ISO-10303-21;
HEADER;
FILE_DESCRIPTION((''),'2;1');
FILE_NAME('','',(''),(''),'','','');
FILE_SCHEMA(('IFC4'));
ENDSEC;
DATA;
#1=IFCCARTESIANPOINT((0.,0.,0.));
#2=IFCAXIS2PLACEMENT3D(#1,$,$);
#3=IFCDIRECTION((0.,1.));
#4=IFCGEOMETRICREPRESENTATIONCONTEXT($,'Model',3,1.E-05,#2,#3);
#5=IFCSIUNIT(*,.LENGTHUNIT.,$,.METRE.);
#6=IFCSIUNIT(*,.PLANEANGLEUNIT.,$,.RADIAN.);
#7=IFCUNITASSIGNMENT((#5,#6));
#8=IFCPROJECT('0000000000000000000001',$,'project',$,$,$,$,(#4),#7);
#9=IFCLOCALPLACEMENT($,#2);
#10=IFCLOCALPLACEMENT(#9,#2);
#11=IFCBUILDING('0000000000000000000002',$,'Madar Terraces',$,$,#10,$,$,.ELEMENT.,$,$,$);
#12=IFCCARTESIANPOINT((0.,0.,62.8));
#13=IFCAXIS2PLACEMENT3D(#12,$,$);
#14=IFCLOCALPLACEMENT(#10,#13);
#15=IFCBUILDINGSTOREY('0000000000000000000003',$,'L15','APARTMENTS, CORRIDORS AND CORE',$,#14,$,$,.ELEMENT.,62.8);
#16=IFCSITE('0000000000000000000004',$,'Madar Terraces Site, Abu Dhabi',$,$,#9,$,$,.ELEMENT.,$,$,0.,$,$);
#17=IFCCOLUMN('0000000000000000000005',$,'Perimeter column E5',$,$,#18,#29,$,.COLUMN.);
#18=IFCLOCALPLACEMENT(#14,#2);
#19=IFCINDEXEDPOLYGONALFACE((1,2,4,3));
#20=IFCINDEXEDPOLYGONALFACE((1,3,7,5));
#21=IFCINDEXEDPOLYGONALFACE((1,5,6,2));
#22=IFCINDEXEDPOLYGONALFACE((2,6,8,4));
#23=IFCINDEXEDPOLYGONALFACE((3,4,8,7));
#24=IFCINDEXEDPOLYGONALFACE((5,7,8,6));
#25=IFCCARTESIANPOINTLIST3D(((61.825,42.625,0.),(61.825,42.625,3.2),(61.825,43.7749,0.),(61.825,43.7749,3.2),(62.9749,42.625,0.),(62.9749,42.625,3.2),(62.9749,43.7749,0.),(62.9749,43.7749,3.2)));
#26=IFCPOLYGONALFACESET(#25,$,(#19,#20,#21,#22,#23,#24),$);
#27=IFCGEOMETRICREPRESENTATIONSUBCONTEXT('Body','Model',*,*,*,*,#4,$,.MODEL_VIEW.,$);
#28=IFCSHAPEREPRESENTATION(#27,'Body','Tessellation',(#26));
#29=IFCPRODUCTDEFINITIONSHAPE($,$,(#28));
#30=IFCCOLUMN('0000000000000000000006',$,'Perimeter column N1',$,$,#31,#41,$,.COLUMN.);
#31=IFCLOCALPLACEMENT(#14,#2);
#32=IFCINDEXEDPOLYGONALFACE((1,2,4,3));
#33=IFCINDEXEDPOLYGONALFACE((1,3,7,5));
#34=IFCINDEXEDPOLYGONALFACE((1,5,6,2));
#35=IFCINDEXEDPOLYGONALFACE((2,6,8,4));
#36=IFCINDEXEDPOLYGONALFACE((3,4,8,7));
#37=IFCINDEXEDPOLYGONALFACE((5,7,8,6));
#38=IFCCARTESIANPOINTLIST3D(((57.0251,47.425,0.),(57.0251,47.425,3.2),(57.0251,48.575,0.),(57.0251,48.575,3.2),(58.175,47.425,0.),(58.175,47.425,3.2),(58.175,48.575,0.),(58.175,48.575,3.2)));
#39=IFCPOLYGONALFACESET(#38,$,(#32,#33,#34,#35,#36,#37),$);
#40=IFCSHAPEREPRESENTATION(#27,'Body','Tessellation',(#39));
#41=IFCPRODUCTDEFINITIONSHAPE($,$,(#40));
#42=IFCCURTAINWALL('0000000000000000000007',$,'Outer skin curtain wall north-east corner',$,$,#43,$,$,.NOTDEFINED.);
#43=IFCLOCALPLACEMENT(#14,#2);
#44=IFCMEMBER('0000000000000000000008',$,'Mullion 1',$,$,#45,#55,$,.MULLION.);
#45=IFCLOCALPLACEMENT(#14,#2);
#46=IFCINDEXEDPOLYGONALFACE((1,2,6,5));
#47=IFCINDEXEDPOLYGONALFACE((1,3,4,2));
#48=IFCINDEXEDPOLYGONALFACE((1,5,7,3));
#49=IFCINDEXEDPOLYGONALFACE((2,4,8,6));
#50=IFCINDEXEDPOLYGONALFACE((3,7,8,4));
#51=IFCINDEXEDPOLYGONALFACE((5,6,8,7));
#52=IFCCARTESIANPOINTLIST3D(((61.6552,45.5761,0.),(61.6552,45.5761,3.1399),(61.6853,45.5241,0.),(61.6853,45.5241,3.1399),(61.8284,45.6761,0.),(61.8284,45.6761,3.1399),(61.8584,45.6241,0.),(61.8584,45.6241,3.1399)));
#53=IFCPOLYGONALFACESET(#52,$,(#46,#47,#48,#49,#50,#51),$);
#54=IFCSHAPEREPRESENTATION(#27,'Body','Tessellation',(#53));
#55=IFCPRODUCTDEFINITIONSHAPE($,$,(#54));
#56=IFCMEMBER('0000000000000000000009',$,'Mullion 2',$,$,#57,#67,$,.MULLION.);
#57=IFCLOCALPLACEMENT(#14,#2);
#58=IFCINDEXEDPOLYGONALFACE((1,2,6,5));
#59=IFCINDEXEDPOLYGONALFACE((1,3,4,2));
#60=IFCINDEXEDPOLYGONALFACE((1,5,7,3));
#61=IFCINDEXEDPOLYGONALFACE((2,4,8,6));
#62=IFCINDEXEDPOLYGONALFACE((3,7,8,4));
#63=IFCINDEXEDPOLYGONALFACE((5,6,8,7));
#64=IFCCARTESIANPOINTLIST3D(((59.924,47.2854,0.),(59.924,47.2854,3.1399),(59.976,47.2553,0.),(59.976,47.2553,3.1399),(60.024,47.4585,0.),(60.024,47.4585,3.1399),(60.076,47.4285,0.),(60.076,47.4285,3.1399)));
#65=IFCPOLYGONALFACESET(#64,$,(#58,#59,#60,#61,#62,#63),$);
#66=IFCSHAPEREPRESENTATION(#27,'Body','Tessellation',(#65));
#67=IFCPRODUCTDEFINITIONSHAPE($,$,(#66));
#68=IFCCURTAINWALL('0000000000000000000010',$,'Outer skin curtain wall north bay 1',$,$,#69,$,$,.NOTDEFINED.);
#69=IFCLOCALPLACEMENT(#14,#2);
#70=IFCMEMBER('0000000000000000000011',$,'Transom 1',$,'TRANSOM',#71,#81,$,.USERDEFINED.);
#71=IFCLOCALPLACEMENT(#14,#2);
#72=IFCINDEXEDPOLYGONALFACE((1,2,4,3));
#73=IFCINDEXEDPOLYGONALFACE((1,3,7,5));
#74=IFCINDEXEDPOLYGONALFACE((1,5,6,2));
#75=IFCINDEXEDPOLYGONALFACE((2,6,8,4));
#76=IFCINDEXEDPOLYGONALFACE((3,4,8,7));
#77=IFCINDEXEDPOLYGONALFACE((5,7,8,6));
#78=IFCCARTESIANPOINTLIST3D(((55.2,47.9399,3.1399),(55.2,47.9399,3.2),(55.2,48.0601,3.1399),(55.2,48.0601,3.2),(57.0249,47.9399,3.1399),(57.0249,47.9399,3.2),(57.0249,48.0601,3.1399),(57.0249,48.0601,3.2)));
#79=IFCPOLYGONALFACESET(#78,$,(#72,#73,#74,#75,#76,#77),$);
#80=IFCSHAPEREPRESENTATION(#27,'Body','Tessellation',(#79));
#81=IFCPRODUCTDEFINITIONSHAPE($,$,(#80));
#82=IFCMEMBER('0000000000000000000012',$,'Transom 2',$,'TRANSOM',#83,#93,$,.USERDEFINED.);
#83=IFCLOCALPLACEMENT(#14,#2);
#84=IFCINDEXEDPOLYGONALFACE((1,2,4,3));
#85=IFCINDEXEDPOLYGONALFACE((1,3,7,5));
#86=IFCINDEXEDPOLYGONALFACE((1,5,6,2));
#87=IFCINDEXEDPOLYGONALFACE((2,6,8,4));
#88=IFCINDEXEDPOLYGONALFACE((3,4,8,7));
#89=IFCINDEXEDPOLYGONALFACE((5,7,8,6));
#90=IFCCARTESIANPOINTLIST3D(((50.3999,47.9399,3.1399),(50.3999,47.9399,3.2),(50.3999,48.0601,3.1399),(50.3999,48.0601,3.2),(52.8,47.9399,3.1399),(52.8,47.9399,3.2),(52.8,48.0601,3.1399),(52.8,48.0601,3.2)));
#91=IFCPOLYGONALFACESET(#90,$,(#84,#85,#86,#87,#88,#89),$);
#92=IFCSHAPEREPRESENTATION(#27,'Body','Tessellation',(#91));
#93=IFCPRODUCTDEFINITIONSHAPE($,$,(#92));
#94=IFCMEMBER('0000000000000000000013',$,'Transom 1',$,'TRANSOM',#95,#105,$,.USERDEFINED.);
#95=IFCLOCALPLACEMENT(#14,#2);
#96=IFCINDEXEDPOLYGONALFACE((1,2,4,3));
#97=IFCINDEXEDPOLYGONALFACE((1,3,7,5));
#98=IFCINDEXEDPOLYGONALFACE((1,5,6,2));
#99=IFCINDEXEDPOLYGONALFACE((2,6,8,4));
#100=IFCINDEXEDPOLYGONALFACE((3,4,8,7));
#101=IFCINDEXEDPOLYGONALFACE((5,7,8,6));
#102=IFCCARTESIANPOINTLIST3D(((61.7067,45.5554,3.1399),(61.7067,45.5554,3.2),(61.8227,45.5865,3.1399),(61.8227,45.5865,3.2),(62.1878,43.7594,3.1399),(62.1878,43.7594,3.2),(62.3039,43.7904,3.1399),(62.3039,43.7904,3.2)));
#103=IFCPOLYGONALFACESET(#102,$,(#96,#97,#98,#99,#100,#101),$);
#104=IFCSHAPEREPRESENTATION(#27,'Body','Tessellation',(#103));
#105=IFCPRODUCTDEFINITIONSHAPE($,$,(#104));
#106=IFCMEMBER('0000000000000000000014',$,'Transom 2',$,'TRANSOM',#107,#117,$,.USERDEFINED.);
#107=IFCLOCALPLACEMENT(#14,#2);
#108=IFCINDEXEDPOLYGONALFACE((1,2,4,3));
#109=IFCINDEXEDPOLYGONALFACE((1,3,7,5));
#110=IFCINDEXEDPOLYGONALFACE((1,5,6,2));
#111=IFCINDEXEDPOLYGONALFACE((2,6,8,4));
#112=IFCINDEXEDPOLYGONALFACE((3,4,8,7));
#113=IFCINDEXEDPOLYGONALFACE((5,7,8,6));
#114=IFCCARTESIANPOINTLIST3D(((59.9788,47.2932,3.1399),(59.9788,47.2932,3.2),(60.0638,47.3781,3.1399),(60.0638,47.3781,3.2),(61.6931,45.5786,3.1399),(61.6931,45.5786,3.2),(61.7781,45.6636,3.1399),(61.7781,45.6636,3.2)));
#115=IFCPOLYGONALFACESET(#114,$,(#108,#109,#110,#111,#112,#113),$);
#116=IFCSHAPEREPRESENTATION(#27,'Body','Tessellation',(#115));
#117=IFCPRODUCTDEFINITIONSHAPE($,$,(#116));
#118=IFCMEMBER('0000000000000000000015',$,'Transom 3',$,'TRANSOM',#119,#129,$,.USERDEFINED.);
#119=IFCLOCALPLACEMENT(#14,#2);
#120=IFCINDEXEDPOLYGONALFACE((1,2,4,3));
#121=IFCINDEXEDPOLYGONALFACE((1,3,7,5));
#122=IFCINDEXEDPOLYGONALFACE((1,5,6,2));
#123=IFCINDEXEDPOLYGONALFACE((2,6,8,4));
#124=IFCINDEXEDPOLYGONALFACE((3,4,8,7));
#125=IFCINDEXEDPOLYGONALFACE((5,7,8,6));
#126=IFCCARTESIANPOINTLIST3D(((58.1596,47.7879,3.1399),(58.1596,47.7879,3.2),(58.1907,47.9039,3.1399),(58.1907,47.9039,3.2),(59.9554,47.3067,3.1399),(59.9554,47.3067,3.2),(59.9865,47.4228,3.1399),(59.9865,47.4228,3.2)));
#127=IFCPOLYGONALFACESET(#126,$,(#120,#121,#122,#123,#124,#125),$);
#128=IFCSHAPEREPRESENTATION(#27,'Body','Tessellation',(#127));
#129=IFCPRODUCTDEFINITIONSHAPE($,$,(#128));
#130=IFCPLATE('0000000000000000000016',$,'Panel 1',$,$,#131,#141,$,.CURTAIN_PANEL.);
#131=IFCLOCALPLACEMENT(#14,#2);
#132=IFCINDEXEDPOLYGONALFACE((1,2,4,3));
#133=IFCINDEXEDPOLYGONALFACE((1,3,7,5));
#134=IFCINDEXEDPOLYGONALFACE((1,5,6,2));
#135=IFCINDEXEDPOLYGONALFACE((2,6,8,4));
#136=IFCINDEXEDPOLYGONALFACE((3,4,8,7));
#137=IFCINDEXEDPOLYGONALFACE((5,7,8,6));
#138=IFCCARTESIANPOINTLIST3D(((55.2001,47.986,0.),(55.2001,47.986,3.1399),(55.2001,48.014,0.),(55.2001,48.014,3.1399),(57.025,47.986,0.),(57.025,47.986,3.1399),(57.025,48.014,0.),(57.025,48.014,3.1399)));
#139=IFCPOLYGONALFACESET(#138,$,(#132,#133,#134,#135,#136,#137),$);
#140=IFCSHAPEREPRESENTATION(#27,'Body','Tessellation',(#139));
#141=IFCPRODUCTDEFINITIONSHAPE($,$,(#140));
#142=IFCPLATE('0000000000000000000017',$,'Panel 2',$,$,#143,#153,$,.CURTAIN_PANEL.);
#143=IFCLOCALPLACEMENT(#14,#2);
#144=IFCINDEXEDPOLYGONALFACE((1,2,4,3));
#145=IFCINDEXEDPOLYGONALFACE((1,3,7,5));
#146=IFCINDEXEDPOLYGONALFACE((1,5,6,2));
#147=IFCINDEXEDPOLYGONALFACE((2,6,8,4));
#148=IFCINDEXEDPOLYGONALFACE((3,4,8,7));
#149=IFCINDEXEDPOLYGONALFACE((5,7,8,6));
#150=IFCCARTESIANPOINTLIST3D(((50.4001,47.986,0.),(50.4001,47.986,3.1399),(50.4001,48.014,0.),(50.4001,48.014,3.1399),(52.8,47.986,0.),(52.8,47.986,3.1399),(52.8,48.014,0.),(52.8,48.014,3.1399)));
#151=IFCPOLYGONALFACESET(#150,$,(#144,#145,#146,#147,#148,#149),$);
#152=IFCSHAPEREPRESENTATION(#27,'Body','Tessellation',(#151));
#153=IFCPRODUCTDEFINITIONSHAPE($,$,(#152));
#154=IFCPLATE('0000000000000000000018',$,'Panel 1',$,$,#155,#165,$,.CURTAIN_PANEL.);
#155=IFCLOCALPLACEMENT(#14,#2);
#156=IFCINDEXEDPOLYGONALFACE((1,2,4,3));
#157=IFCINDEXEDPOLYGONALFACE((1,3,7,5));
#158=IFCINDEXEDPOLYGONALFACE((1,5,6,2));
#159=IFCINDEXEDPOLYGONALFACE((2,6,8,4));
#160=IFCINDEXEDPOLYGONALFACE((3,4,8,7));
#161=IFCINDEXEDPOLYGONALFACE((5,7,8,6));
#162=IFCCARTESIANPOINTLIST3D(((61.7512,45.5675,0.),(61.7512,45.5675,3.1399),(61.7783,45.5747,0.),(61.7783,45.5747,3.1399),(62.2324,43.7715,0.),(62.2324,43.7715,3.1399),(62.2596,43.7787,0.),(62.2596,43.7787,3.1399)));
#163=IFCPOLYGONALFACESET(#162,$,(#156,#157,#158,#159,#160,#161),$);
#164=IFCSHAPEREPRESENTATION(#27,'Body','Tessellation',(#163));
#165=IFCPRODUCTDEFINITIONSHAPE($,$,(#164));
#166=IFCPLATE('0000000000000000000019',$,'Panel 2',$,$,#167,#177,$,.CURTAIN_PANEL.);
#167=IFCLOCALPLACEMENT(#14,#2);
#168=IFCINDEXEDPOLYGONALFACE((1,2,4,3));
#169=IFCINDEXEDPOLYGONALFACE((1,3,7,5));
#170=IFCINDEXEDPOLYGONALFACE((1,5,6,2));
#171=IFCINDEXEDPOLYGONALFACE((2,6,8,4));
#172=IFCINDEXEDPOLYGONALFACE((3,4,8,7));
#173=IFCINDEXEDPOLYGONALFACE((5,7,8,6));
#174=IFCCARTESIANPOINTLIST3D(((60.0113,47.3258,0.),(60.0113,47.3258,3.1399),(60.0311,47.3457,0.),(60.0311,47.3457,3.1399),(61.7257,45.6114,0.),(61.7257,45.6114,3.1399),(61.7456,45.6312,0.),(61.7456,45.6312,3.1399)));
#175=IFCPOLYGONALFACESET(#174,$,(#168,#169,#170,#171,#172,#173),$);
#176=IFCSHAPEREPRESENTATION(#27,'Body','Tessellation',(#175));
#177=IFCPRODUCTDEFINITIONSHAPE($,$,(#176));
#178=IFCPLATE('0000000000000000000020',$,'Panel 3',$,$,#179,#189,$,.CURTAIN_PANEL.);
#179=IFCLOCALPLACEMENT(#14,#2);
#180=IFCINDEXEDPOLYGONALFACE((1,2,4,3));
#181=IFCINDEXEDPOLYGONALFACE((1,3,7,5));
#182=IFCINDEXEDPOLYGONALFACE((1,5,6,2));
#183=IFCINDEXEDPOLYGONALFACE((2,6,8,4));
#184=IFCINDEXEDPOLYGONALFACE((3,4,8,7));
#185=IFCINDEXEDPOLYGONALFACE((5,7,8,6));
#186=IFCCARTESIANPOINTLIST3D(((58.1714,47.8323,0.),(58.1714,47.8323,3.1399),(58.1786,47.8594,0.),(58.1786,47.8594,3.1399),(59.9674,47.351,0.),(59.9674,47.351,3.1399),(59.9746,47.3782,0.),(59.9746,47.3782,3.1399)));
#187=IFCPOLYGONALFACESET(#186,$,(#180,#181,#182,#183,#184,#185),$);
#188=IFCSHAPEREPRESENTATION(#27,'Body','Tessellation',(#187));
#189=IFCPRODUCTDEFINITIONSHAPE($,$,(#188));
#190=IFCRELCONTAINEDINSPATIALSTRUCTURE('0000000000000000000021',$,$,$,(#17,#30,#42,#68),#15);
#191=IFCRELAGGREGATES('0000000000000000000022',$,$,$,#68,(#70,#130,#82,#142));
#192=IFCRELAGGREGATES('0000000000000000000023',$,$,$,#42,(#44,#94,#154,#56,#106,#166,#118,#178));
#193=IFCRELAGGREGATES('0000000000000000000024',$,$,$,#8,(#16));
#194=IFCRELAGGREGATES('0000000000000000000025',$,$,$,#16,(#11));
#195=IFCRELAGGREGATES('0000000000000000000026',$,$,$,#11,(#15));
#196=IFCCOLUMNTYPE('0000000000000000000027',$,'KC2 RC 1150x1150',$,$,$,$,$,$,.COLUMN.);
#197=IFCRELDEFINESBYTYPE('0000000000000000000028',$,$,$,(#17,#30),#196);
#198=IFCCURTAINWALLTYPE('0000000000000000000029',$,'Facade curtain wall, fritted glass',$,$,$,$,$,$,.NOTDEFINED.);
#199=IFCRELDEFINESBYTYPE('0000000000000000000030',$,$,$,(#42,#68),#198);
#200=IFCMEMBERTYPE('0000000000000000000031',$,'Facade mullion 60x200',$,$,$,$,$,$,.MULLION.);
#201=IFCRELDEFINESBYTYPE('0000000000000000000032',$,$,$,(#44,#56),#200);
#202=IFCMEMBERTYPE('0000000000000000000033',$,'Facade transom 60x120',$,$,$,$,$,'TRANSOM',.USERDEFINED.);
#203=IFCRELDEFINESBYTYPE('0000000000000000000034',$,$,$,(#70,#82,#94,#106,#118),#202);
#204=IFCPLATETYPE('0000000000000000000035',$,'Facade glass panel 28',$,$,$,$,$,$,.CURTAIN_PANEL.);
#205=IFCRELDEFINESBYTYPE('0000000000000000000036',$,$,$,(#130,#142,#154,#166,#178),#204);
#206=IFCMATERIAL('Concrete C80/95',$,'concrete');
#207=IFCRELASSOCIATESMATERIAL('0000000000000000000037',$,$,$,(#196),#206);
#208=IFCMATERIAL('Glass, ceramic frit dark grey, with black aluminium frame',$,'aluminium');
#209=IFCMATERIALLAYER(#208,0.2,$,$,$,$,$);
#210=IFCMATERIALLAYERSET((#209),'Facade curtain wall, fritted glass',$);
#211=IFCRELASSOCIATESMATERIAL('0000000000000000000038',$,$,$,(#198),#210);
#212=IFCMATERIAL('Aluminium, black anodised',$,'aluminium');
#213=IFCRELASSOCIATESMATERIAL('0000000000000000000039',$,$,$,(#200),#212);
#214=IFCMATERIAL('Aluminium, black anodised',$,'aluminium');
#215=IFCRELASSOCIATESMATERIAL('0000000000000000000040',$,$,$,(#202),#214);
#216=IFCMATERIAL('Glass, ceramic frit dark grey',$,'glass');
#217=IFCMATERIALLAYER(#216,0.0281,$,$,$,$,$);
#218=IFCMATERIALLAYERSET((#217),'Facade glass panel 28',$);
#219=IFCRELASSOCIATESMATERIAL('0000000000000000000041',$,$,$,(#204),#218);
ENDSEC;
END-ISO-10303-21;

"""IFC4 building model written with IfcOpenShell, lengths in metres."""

from ifc_helpers import new_model, si_unit, direction, frame, origin, origin_2d, place, context, subcontext, project, spatial, rectangle, extrude, material, layer, layer_set, material_profile, profile_set, type_object, element, aggregate, save


model = new_model("IFC4")

# Units and contexts
model_context = context("Model", 3, precision=1e-05, world=origin(), true_north=direction((0.0, 1.0)))
body_context = subcontext(model_context, "Body", "Model", "MODEL_VIEW")
ifc_project = project(units=[si_unit("LENGTHUNIT", "METRE"), si_unit("PLANEANGLEUNIT", "RADIAN")], contexts=[model_context])

# Site, building, storey
site_placement = place(None, origin())
site = spatial("IfcSite", under=ifc_project, at=site_placement, Name="Madar Terraces Site, Abu Dhabi", CompositionType="ELEMENT", RefElevation=0.0)
building_placement = place(site_placement, origin())
building = spatial("IfcBuilding", under=site, at=building_placement, Name="Madar Terraces", CompositionType="ELEMENT")
storey_placement = place(building_placement, frame((0.0, 0.0, 62.8)))
storey = spatial("IfcBuildingStorey", under=building, at=storey_placement, Name="L15", Description="APARTMENTS, CORRIDORS AND CORE", CompositionType="ELEMENT", Elevation=62.8)

# Columns
ifc_material_1 = material(Name="Concrete C80/95", Category="concrete")
ifc_material_profile_1 = material_profile(ifc_material_1, rectangle(XDim=1.1499, YDim=1.1499, at=origin_2d()), Name="KC2 RC 1150x1150")
ifc_profile_set_1 = profile_set([ifc_material_profile_1], Name="Concrete C80/95")
column_type = type_object("IfcColumnType", Name="KC2 RC 1150x1150", PredefinedType="COLUMN", material=ifc_profile_set_1)
for number, where, z_axis, x_axis, name in (
    (1, (62.3999, 43.2, 0.0), (0.0, 0.0, 1.0), (1.0, 0.0, 0.0), "Perimeter column E5"),
    (2, (57.6001, 48.0, 0.0), (0.0, 0.0, 1.0), (1.0, 0.0, 0.0), "Perimeter column N1"),
):
    element("IfcColumn", number, at=place(storey_placement, frame(where, z_axis=z_axis, x_axis=x_axis)), inside=storey, type_object=column_type, Name=name, PredefinedType="COLUMN", context=body_context, shape_type="SweptSolid", body=[
        extrude(rectangle(XDim=1.1499, YDim=1.1499, at=origin_2d()), origin(), (0.0, 0.0, 1.0), 3.2),
    ])

# Curtain walls, members
ifc_material_2 = material(Name="Glass, ceramic frit dark grey, with black aluminium frame", Category="aluminium")
ifc_layer_1 = layer(ifc_material_2, 0.2)
ifc_layer_set_1 = layer_set([ifc_layer_1], Name="Facade curtain wall, fritted glass")
curtain_wall_type = type_object("IfcCurtainWallType", Name="Facade curtain wall, fritted glass", PredefinedType="NOTDEFINED", material=ifc_layer_set_1)
curtain_wall_1_placement = place(storey_placement, origin())
curtain_wall_1 = element("IfcCurtainWall", 3, at=curtain_wall_1_placement, inside=storey, type_object=curtain_wall_type, Name="Outer skin curtain wall north-east corner", PredefinedType="NOTDEFINED")
ifc_material_3 = material(Name="Aluminium, black anodised", Category="aluminium")
ifc_material_profile_2 = material_profile(ifc_material_3, rectangle(XDim=0.2, YDim=0.0601, at=origin_2d()), Name="Facade mullion 60x200")
ifc_profile_set_2 = profile_set([ifc_material_profile_2], Name="Aluminium, black anodised")
member_type_1 = type_object("IfcMemberType", Name="Facade mullion 60x200", PredefinedType="MULLION", material=ifc_profile_set_2)
member_1_placement = place(storey_placement, frame((61.7568, 45.6001, 0.0), z_axis=(0.0, 0.0, 1.0), x_axis=(-0.866025, -0.5, 0.0)))
member_1 = element("IfcMember", 4, at=member_1_placement, type_object=member_type_1, Name="Mullion 1", PredefinedType="MULLION", context=body_context, shape_type="SweptSolid", body=[
    extrude(rectangle(XDim=0.2, YDim=0.0601, at=origin_2d()), origin(), (0.0, 0.0, 1.0), 3.1399),
])
member_2_placement = place(storey_placement, frame((60.0, 47.3569, 0.0), z_axis=(0.0, 0.0, 1.0), x_axis=(-0.5, -0.866025, 0.0)))
member_2 = element("IfcMember", 5, at=member_2_placement, type_object=member_type_1, Name="Mullion 2", PredefinedType="MULLION", context=body_context, shape_type="SweptSolid", body=[
    extrude(rectangle(XDim=0.2, YDim=0.0601, at=origin_2d()), origin(), (0.0, 0.0, 1.0), 3.1399),
])
curtain_wall_2_placement = place(storey_placement, origin())
curtain_wall_2 = element("IfcCurtainWall", 6, at=curtain_wall_2_placement, inside=storey, type_object=curtain_wall_type, Name="Outer skin curtain wall north bay 1", PredefinedType="NOTDEFINED")
ifc_material_4 = material(Name="Aluminium, black anodised", Category="aluminium")
ifc_material_profile_3 = material_profile(ifc_material_4, rectangle(XDim=0.1201, YDim=0.0601, at=origin_2d()), Name="Facade transom 60x120")
ifc_profile_set_3 = profile_set([ifc_material_profile_3], Name="Aluminium, black anodised")
member_type_2 = type_object("IfcMemberType", Name="Facade transom 60x120", ElementType="TRANSOM", PredefinedType="USERDEFINED", material=ifc_profile_set_3)
member_3_placement = place(storey_placement, frame((57.0249, 48.0, 3.1699), z_axis=(-1.0, 0.0, 0.0), x_axis=(0.0, -1.0, 0.0)))
member_3 = element("IfcMember", 7, at=member_3_placement, type_object=member_type_2, Name="Transom 1", ObjectType="TRANSOM", PredefinedType="USERDEFINED", context=body_context, shape_type="SweptSolid", body=[
    extrude(rectangle(XDim=0.1201, YDim=0.0601, at=origin_2d()), origin(), (0.0, 0.0, 1.0), 1.825),
])
member_4_placement = place(storey_placement, frame((52.8, 48.0, 3.1699), z_axis=(-1.0, 0.0, 0.0), x_axis=(0.0, -1.0, 0.0)))
member_4 = element("IfcMember", 8, at=member_4_placement, type_object=member_type_2, Name="Transom 2", ObjectType="TRANSOM", PredefinedType="USERDEFINED", context=body_context, shape_type="SweptSolid", body=[
    extrude(rectangle(XDim=0.1201, YDim=0.0601, at=origin_2d()), origin(), (0.0, 0.0, 1.0), 2.4001),
])

# Members
member_5_placement = place(storey_placement, frame((62.2458, 43.7749, 3.1699), z_axis=(-0.258782, 0.965936, 0.0), x_axis=(-0.965936, -0.258782, 0.0)))
member_5 = element("IfcMember", 9, at=member_5_placement, type_object=member_type_2, Name="Transom 1", ObjectType="TRANSOM", PredefinedType="USERDEFINED", context=body_context, shape_type="SweptSolid", body=[
    extrude(rectangle(XDim=0.1201, YDim=0.0601, at=origin_2d()), origin(), (0.0, 0.0, 1.0), 1.8594),
])
member_6_placement = place(storey_placement, frame((61.7356, 45.6211, 3.1699), z_axis=(-0.707056, 0.707157, 0.0), x_axis=(-0.707157, -0.707056, 0.0)))
member_6 = element("IfcMember", 10, at=member_6_placement, type_object=member_type_2, Name="Transom 2", ObjectType="TRANSOM", PredefinedType="USERDEFINED", context=body_context, shape_type="SweptSolid", body=[
    extrude(rectangle(XDim=0.1201, YDim=0.0601, at=origin_2d()), origin(), (0.0, 0.0, 1.0), 2.4246),
])
member_7_placement = place(storey_placement, frame((59.9709, 47.3647, 3.1699), z_axis=(-0.965927, 0.258815, 0.0), x_axis=(-0.258815, -0.965927, 0.0)))
member_7 = element("IfcMember", 11, at=member_7_placement, type_object=member_type_2, Name="Transom 3", ObjectType="TRANSOM", PredefinedType="USERDEFINED", context=body_context, shape_type="SweptSolid", body=[
    extrude(rectangle(XDim=0.1201, YDim=0.0601, at=origin_2d()), origin(), (0.0, 0.0, 1.0), 1.8591),
])

# Plates
ifc_material_5 = material(Name="Glass, ceramic frit dark grey", Category="glass")
ifc_layer_2 = layer(ifc_material_5, 0.0281)
ifc_layer_set_2 = layer_set([ifc_layer_2], Name="Facade glass panel 28")
plate_type = type_object("IfcPlateType", Name="Facade glass panel 28", PredefinedType="CURTAIN_PANEL", material=ifc_layer_set_2)
plate_1_placement = place(storey_placement, frame((56.1125, 48.0, 0.0), z_axis=(0.0, 0.0, 1.0), x_axis=(-1.0, 0.0, 0.0)))
plate_1 = element("IfcPlate", 12, at=plate_1_placement, type_object=plate_type, Name="Panel 1", PredefinedType="CURTAIN_PANEL", context=body_context, shape_type="SweptSolid", body=[
    extrude(rectangle(XDim=1.825, YDim=0.0281, at=origin_2d()), origin(), (0.0, 0.0, 1.0), 3.1399),
])
plate_2_placement = place(storey_placement, frame((51.6001, 48.0, 0.0), z_axis=(0.0, 0.0, 1.0), x_axis=(-1.0, 0.0, 0.0)))
plate_2 = element("IfcPlate", 13, at=plate_2_placement, type_object=plate_type, Name="Panel 2", PredefinedType="CURTAIN_PANEL", context=body_context, shape_type="SweptSolid", body=[
    extrude(rectangle(XDim=2.3999, YDim=0.0281, at=origin_2d()), origin(), (0.0, 0.0, 1.0), 3.1399),
])
aggregate(curtain_wall_2, [member_3, plate_1, member_4, plate_2])
plate_3_placement = place(storey_placement, frame((62.0054, 44.6731, 0.0), z_axis=(0.0, 0.0, 1.0), x_axis=(-0.258819, 0.965926, 0.0)))
plate_3 = element("IfcPlate", 14, at=plate_3_placement, type_object=plate_type, Name="Panel 1", PredefinedType="CURTAIN_PANEL", context=body_context, shape_type="SweptSolid", body=[
    extrude(rectangle(XDim=1.8594, YDim=0.0281, at=origin_2d()), origin(), (0.0, 0.0, 1.0), 3.1399),
])
plate_4_placement = place(storey_placement, frame((60.8784, 46.4785, 0.0), z_axis=(0.0, 0.0, 1.0), x_axis=(-0.707107, 0.707107, 0.0)))
plate_4 = element("IfcPlate", 15, at=plate_4_placement, type_object=plate_type, Name="Panel 2", PredefinedType="CURTAIN_PANEL", context=body_context, shape_type="SweptSolid", body=[
    extrude(rectangle(XDim=2.4246, YDim=0.0281, at=origin_2d()), origin(), (0.0, 0.0, 1.0), 3.1399),
])
plate_5_placement = place(storey_placement, frame((59.073, 47.6052, 0.0), z_axis=(0.0, 0.0, 1.0), x_axis=(-0.965926, 0.258819, 0.0)))
plate_5 = element("IfcPlate", 16, at=plate_5_placement, type_object=plate_type, Name="Panel 3", PredefinedType="CURTAIN_PANEL", context=body_context, shape_type="SweptSolid", body=[
    extrude(rectangle(XDim=1.8594, YDim=0.0281, at=origin_2d()), origin(), (0.0, 0.0, 1.0), 3.1399),
])
aggregate(curtain_wall_1, [member_1, member_5, plate_3, member_2, member_6, plate_4, member_7, plate_5])

save(model, "model.ifc")
